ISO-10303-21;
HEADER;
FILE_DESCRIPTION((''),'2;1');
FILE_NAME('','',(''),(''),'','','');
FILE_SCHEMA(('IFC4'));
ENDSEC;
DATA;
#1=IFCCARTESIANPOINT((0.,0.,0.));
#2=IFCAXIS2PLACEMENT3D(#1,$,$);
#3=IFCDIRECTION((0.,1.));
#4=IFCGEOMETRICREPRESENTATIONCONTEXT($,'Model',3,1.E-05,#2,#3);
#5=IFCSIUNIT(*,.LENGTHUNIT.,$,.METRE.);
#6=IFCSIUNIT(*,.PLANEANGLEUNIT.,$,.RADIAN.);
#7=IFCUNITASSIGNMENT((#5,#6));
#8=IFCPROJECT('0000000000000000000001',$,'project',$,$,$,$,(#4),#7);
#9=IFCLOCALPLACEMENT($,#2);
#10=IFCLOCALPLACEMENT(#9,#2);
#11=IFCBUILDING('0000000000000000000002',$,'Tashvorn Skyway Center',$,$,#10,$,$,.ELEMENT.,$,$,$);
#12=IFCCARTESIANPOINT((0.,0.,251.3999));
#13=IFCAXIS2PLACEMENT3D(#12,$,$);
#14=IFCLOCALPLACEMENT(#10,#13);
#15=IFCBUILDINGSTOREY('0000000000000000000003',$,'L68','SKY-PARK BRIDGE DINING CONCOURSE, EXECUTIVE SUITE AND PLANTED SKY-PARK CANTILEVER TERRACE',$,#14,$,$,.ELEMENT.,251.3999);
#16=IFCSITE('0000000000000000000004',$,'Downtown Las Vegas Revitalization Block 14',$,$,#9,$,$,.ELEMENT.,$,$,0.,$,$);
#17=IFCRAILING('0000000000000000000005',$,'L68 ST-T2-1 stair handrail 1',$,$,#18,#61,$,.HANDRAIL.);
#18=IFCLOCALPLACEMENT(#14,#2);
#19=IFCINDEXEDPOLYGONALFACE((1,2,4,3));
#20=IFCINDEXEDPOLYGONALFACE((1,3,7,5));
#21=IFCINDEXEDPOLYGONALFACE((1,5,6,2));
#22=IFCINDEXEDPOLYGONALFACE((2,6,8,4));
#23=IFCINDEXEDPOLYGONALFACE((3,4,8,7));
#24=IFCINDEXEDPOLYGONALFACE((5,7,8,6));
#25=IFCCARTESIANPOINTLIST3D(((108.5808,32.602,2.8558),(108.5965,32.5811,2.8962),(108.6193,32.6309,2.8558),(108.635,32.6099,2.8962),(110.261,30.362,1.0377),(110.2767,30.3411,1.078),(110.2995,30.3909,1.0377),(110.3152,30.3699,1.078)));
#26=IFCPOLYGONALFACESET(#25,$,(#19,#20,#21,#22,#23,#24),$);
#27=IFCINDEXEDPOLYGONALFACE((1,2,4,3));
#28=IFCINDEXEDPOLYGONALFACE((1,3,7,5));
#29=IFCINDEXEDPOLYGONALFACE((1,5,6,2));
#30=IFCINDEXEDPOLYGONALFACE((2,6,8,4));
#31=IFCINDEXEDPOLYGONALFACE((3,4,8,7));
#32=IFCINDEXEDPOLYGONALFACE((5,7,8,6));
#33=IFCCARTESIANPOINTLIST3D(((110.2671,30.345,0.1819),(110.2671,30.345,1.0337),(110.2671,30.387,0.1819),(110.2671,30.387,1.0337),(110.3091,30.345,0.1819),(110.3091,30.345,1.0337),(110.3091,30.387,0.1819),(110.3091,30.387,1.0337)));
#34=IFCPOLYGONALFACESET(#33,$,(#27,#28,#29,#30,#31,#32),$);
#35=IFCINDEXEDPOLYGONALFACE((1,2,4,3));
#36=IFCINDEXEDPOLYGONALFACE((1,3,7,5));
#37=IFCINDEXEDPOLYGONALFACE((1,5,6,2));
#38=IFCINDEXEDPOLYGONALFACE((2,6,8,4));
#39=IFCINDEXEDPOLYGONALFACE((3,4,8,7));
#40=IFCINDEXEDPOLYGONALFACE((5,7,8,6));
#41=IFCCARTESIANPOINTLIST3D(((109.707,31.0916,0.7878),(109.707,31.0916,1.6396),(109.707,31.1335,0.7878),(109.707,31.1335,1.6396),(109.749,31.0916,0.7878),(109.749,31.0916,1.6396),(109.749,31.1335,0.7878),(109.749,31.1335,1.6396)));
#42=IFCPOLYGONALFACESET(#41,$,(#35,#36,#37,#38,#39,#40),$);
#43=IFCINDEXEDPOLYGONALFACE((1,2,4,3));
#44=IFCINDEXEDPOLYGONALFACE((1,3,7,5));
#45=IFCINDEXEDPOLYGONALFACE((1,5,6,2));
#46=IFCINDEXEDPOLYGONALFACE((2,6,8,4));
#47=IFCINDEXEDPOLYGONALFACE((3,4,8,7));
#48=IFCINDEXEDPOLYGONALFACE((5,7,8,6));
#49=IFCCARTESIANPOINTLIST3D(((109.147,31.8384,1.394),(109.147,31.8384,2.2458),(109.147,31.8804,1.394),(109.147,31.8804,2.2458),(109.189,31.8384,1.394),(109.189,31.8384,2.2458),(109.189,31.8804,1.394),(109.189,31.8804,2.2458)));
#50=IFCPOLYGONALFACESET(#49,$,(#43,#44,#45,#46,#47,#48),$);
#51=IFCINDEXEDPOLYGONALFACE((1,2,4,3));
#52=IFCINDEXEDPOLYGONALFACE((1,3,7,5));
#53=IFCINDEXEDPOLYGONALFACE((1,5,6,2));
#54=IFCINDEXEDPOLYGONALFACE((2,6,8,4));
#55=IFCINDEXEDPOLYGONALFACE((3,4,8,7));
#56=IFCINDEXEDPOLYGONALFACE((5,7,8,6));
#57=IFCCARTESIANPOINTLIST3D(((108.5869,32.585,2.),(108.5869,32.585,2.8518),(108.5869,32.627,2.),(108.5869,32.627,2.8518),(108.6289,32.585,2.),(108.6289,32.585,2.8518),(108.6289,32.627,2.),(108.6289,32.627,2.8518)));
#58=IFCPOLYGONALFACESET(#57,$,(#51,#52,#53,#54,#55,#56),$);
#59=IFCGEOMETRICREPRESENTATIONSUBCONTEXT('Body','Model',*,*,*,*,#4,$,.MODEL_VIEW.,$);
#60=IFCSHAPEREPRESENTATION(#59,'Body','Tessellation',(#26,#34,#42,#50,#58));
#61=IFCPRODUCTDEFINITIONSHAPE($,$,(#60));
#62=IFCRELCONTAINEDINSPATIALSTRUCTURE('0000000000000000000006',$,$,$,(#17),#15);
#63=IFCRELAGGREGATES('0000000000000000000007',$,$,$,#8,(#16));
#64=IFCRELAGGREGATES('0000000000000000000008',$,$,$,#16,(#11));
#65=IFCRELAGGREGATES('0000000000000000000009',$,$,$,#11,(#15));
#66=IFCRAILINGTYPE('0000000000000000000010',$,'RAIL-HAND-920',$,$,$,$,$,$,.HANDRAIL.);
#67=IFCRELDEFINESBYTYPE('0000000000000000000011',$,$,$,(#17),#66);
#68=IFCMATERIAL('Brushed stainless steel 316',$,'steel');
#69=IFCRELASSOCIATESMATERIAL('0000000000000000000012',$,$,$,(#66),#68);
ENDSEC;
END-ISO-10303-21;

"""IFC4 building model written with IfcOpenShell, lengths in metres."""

from ifc_helpers import new_model, si_unit, direction, frame, origin, origin_2d, place, context, subcontext, project, spatial, rectangle, extrude, material, type_object, element, save


model = new_model("IFC4")

# Units and contexts
model_context = context("Model", 3, precision=1e-05, world=origin(), true_north=direction((0.0, 1.0)))
body_context = subcontext(model_context, "Body", "Model", "MODEL_VIEW")
ifc_project = project(units=[si_unit("LENGTHUNIT", "METRE"), si_unit("PLANEANGLEUNIT", "RADIAN")], contexts=[model_context])

# Site, building, storey
site_placement = place(None, origin())
site = spatial("IfcSite", under=ifc_project, at=site_placement, Name="Downtown Las Vegas Revitalization Block 14", CompositionType="ELEMENT", RefElevation=0.0)
building_placement = place(site_placement, origin())
building = spatial("IfcBuilding", under=site, at=building_placement, Name="Tashvorn Skyway Center", CompositionType="ELEMENT")
storey_placement = place(building_placement, frame((0.0, 0.0, 251.3999)))
storey = spatial("IfcBuildingStorey", under=building, at=storey_placement, Name="L68", Description="SKY-PARK BRIDGE DINING CONCOURSE, EXECUTIVE SUITE AND PLANTED SKY-PARK CANTILEVER TERRACE", CompositionType="ELEMENT", Elevation=251.3999)

# Railing
ifc_material_1 = material(Name="Brushed stainless steel 316", Category="steel")
railing_type = type_object("IfcRailingType", Name="RAIL-HAND-920", PredefinedType="HANDRAIL", material=ifc_material_1)
railing_placement = place(storey_placement, frame((110.2881, 30.366, 0.1819)))
element("IfcRailing", 1, at=railing_placement, inside=storey, type_object=railing_type, Name="L68 ST-T2-1 stair handrail 1", PredefinedType="HANDRAIL", context=body_context, shape_type="SweptSolid", body=[
    extrude(rectangle(XDim=0.0481, YDim=0.0481, at=origin_2d()), frame((0.0, 0.0, 0.876), z_axis=(-0.503261, 0.670942, 0.544578), x_axis=(-0.799969, -0.600042, 0.0)), (0.0, 0.0, 1.0), 3.3386),
    extrude(rectangle(XDim=0.042, YDim=0.042, at=origin_2d()), origin(), (0.0, 0.0, 1.0), 0.8518),
    extrude(rectangle(XDim=0.042, YDim=0.042, at=origin_2d()), frame((-0.5601, 0.7466, 0.606)), (0.0, 0.0, 1.0), 0.8518),
    extrude(rectangle(XDim=0.042, YDim=0.042, at=origin_2d()), frame((-1.1201, 1.4934, 1.2122)), (0.0, 0.0, 1.0), 0.8518),
    extrude(rectangle(XDim=0.042, YDim=0.042, at=origin_2d()), frame((-1.6802, 2.24, 1.8181)), (0.0, 0.0, 1.0), 0.8518),
])

save(model, "model.ifc")
